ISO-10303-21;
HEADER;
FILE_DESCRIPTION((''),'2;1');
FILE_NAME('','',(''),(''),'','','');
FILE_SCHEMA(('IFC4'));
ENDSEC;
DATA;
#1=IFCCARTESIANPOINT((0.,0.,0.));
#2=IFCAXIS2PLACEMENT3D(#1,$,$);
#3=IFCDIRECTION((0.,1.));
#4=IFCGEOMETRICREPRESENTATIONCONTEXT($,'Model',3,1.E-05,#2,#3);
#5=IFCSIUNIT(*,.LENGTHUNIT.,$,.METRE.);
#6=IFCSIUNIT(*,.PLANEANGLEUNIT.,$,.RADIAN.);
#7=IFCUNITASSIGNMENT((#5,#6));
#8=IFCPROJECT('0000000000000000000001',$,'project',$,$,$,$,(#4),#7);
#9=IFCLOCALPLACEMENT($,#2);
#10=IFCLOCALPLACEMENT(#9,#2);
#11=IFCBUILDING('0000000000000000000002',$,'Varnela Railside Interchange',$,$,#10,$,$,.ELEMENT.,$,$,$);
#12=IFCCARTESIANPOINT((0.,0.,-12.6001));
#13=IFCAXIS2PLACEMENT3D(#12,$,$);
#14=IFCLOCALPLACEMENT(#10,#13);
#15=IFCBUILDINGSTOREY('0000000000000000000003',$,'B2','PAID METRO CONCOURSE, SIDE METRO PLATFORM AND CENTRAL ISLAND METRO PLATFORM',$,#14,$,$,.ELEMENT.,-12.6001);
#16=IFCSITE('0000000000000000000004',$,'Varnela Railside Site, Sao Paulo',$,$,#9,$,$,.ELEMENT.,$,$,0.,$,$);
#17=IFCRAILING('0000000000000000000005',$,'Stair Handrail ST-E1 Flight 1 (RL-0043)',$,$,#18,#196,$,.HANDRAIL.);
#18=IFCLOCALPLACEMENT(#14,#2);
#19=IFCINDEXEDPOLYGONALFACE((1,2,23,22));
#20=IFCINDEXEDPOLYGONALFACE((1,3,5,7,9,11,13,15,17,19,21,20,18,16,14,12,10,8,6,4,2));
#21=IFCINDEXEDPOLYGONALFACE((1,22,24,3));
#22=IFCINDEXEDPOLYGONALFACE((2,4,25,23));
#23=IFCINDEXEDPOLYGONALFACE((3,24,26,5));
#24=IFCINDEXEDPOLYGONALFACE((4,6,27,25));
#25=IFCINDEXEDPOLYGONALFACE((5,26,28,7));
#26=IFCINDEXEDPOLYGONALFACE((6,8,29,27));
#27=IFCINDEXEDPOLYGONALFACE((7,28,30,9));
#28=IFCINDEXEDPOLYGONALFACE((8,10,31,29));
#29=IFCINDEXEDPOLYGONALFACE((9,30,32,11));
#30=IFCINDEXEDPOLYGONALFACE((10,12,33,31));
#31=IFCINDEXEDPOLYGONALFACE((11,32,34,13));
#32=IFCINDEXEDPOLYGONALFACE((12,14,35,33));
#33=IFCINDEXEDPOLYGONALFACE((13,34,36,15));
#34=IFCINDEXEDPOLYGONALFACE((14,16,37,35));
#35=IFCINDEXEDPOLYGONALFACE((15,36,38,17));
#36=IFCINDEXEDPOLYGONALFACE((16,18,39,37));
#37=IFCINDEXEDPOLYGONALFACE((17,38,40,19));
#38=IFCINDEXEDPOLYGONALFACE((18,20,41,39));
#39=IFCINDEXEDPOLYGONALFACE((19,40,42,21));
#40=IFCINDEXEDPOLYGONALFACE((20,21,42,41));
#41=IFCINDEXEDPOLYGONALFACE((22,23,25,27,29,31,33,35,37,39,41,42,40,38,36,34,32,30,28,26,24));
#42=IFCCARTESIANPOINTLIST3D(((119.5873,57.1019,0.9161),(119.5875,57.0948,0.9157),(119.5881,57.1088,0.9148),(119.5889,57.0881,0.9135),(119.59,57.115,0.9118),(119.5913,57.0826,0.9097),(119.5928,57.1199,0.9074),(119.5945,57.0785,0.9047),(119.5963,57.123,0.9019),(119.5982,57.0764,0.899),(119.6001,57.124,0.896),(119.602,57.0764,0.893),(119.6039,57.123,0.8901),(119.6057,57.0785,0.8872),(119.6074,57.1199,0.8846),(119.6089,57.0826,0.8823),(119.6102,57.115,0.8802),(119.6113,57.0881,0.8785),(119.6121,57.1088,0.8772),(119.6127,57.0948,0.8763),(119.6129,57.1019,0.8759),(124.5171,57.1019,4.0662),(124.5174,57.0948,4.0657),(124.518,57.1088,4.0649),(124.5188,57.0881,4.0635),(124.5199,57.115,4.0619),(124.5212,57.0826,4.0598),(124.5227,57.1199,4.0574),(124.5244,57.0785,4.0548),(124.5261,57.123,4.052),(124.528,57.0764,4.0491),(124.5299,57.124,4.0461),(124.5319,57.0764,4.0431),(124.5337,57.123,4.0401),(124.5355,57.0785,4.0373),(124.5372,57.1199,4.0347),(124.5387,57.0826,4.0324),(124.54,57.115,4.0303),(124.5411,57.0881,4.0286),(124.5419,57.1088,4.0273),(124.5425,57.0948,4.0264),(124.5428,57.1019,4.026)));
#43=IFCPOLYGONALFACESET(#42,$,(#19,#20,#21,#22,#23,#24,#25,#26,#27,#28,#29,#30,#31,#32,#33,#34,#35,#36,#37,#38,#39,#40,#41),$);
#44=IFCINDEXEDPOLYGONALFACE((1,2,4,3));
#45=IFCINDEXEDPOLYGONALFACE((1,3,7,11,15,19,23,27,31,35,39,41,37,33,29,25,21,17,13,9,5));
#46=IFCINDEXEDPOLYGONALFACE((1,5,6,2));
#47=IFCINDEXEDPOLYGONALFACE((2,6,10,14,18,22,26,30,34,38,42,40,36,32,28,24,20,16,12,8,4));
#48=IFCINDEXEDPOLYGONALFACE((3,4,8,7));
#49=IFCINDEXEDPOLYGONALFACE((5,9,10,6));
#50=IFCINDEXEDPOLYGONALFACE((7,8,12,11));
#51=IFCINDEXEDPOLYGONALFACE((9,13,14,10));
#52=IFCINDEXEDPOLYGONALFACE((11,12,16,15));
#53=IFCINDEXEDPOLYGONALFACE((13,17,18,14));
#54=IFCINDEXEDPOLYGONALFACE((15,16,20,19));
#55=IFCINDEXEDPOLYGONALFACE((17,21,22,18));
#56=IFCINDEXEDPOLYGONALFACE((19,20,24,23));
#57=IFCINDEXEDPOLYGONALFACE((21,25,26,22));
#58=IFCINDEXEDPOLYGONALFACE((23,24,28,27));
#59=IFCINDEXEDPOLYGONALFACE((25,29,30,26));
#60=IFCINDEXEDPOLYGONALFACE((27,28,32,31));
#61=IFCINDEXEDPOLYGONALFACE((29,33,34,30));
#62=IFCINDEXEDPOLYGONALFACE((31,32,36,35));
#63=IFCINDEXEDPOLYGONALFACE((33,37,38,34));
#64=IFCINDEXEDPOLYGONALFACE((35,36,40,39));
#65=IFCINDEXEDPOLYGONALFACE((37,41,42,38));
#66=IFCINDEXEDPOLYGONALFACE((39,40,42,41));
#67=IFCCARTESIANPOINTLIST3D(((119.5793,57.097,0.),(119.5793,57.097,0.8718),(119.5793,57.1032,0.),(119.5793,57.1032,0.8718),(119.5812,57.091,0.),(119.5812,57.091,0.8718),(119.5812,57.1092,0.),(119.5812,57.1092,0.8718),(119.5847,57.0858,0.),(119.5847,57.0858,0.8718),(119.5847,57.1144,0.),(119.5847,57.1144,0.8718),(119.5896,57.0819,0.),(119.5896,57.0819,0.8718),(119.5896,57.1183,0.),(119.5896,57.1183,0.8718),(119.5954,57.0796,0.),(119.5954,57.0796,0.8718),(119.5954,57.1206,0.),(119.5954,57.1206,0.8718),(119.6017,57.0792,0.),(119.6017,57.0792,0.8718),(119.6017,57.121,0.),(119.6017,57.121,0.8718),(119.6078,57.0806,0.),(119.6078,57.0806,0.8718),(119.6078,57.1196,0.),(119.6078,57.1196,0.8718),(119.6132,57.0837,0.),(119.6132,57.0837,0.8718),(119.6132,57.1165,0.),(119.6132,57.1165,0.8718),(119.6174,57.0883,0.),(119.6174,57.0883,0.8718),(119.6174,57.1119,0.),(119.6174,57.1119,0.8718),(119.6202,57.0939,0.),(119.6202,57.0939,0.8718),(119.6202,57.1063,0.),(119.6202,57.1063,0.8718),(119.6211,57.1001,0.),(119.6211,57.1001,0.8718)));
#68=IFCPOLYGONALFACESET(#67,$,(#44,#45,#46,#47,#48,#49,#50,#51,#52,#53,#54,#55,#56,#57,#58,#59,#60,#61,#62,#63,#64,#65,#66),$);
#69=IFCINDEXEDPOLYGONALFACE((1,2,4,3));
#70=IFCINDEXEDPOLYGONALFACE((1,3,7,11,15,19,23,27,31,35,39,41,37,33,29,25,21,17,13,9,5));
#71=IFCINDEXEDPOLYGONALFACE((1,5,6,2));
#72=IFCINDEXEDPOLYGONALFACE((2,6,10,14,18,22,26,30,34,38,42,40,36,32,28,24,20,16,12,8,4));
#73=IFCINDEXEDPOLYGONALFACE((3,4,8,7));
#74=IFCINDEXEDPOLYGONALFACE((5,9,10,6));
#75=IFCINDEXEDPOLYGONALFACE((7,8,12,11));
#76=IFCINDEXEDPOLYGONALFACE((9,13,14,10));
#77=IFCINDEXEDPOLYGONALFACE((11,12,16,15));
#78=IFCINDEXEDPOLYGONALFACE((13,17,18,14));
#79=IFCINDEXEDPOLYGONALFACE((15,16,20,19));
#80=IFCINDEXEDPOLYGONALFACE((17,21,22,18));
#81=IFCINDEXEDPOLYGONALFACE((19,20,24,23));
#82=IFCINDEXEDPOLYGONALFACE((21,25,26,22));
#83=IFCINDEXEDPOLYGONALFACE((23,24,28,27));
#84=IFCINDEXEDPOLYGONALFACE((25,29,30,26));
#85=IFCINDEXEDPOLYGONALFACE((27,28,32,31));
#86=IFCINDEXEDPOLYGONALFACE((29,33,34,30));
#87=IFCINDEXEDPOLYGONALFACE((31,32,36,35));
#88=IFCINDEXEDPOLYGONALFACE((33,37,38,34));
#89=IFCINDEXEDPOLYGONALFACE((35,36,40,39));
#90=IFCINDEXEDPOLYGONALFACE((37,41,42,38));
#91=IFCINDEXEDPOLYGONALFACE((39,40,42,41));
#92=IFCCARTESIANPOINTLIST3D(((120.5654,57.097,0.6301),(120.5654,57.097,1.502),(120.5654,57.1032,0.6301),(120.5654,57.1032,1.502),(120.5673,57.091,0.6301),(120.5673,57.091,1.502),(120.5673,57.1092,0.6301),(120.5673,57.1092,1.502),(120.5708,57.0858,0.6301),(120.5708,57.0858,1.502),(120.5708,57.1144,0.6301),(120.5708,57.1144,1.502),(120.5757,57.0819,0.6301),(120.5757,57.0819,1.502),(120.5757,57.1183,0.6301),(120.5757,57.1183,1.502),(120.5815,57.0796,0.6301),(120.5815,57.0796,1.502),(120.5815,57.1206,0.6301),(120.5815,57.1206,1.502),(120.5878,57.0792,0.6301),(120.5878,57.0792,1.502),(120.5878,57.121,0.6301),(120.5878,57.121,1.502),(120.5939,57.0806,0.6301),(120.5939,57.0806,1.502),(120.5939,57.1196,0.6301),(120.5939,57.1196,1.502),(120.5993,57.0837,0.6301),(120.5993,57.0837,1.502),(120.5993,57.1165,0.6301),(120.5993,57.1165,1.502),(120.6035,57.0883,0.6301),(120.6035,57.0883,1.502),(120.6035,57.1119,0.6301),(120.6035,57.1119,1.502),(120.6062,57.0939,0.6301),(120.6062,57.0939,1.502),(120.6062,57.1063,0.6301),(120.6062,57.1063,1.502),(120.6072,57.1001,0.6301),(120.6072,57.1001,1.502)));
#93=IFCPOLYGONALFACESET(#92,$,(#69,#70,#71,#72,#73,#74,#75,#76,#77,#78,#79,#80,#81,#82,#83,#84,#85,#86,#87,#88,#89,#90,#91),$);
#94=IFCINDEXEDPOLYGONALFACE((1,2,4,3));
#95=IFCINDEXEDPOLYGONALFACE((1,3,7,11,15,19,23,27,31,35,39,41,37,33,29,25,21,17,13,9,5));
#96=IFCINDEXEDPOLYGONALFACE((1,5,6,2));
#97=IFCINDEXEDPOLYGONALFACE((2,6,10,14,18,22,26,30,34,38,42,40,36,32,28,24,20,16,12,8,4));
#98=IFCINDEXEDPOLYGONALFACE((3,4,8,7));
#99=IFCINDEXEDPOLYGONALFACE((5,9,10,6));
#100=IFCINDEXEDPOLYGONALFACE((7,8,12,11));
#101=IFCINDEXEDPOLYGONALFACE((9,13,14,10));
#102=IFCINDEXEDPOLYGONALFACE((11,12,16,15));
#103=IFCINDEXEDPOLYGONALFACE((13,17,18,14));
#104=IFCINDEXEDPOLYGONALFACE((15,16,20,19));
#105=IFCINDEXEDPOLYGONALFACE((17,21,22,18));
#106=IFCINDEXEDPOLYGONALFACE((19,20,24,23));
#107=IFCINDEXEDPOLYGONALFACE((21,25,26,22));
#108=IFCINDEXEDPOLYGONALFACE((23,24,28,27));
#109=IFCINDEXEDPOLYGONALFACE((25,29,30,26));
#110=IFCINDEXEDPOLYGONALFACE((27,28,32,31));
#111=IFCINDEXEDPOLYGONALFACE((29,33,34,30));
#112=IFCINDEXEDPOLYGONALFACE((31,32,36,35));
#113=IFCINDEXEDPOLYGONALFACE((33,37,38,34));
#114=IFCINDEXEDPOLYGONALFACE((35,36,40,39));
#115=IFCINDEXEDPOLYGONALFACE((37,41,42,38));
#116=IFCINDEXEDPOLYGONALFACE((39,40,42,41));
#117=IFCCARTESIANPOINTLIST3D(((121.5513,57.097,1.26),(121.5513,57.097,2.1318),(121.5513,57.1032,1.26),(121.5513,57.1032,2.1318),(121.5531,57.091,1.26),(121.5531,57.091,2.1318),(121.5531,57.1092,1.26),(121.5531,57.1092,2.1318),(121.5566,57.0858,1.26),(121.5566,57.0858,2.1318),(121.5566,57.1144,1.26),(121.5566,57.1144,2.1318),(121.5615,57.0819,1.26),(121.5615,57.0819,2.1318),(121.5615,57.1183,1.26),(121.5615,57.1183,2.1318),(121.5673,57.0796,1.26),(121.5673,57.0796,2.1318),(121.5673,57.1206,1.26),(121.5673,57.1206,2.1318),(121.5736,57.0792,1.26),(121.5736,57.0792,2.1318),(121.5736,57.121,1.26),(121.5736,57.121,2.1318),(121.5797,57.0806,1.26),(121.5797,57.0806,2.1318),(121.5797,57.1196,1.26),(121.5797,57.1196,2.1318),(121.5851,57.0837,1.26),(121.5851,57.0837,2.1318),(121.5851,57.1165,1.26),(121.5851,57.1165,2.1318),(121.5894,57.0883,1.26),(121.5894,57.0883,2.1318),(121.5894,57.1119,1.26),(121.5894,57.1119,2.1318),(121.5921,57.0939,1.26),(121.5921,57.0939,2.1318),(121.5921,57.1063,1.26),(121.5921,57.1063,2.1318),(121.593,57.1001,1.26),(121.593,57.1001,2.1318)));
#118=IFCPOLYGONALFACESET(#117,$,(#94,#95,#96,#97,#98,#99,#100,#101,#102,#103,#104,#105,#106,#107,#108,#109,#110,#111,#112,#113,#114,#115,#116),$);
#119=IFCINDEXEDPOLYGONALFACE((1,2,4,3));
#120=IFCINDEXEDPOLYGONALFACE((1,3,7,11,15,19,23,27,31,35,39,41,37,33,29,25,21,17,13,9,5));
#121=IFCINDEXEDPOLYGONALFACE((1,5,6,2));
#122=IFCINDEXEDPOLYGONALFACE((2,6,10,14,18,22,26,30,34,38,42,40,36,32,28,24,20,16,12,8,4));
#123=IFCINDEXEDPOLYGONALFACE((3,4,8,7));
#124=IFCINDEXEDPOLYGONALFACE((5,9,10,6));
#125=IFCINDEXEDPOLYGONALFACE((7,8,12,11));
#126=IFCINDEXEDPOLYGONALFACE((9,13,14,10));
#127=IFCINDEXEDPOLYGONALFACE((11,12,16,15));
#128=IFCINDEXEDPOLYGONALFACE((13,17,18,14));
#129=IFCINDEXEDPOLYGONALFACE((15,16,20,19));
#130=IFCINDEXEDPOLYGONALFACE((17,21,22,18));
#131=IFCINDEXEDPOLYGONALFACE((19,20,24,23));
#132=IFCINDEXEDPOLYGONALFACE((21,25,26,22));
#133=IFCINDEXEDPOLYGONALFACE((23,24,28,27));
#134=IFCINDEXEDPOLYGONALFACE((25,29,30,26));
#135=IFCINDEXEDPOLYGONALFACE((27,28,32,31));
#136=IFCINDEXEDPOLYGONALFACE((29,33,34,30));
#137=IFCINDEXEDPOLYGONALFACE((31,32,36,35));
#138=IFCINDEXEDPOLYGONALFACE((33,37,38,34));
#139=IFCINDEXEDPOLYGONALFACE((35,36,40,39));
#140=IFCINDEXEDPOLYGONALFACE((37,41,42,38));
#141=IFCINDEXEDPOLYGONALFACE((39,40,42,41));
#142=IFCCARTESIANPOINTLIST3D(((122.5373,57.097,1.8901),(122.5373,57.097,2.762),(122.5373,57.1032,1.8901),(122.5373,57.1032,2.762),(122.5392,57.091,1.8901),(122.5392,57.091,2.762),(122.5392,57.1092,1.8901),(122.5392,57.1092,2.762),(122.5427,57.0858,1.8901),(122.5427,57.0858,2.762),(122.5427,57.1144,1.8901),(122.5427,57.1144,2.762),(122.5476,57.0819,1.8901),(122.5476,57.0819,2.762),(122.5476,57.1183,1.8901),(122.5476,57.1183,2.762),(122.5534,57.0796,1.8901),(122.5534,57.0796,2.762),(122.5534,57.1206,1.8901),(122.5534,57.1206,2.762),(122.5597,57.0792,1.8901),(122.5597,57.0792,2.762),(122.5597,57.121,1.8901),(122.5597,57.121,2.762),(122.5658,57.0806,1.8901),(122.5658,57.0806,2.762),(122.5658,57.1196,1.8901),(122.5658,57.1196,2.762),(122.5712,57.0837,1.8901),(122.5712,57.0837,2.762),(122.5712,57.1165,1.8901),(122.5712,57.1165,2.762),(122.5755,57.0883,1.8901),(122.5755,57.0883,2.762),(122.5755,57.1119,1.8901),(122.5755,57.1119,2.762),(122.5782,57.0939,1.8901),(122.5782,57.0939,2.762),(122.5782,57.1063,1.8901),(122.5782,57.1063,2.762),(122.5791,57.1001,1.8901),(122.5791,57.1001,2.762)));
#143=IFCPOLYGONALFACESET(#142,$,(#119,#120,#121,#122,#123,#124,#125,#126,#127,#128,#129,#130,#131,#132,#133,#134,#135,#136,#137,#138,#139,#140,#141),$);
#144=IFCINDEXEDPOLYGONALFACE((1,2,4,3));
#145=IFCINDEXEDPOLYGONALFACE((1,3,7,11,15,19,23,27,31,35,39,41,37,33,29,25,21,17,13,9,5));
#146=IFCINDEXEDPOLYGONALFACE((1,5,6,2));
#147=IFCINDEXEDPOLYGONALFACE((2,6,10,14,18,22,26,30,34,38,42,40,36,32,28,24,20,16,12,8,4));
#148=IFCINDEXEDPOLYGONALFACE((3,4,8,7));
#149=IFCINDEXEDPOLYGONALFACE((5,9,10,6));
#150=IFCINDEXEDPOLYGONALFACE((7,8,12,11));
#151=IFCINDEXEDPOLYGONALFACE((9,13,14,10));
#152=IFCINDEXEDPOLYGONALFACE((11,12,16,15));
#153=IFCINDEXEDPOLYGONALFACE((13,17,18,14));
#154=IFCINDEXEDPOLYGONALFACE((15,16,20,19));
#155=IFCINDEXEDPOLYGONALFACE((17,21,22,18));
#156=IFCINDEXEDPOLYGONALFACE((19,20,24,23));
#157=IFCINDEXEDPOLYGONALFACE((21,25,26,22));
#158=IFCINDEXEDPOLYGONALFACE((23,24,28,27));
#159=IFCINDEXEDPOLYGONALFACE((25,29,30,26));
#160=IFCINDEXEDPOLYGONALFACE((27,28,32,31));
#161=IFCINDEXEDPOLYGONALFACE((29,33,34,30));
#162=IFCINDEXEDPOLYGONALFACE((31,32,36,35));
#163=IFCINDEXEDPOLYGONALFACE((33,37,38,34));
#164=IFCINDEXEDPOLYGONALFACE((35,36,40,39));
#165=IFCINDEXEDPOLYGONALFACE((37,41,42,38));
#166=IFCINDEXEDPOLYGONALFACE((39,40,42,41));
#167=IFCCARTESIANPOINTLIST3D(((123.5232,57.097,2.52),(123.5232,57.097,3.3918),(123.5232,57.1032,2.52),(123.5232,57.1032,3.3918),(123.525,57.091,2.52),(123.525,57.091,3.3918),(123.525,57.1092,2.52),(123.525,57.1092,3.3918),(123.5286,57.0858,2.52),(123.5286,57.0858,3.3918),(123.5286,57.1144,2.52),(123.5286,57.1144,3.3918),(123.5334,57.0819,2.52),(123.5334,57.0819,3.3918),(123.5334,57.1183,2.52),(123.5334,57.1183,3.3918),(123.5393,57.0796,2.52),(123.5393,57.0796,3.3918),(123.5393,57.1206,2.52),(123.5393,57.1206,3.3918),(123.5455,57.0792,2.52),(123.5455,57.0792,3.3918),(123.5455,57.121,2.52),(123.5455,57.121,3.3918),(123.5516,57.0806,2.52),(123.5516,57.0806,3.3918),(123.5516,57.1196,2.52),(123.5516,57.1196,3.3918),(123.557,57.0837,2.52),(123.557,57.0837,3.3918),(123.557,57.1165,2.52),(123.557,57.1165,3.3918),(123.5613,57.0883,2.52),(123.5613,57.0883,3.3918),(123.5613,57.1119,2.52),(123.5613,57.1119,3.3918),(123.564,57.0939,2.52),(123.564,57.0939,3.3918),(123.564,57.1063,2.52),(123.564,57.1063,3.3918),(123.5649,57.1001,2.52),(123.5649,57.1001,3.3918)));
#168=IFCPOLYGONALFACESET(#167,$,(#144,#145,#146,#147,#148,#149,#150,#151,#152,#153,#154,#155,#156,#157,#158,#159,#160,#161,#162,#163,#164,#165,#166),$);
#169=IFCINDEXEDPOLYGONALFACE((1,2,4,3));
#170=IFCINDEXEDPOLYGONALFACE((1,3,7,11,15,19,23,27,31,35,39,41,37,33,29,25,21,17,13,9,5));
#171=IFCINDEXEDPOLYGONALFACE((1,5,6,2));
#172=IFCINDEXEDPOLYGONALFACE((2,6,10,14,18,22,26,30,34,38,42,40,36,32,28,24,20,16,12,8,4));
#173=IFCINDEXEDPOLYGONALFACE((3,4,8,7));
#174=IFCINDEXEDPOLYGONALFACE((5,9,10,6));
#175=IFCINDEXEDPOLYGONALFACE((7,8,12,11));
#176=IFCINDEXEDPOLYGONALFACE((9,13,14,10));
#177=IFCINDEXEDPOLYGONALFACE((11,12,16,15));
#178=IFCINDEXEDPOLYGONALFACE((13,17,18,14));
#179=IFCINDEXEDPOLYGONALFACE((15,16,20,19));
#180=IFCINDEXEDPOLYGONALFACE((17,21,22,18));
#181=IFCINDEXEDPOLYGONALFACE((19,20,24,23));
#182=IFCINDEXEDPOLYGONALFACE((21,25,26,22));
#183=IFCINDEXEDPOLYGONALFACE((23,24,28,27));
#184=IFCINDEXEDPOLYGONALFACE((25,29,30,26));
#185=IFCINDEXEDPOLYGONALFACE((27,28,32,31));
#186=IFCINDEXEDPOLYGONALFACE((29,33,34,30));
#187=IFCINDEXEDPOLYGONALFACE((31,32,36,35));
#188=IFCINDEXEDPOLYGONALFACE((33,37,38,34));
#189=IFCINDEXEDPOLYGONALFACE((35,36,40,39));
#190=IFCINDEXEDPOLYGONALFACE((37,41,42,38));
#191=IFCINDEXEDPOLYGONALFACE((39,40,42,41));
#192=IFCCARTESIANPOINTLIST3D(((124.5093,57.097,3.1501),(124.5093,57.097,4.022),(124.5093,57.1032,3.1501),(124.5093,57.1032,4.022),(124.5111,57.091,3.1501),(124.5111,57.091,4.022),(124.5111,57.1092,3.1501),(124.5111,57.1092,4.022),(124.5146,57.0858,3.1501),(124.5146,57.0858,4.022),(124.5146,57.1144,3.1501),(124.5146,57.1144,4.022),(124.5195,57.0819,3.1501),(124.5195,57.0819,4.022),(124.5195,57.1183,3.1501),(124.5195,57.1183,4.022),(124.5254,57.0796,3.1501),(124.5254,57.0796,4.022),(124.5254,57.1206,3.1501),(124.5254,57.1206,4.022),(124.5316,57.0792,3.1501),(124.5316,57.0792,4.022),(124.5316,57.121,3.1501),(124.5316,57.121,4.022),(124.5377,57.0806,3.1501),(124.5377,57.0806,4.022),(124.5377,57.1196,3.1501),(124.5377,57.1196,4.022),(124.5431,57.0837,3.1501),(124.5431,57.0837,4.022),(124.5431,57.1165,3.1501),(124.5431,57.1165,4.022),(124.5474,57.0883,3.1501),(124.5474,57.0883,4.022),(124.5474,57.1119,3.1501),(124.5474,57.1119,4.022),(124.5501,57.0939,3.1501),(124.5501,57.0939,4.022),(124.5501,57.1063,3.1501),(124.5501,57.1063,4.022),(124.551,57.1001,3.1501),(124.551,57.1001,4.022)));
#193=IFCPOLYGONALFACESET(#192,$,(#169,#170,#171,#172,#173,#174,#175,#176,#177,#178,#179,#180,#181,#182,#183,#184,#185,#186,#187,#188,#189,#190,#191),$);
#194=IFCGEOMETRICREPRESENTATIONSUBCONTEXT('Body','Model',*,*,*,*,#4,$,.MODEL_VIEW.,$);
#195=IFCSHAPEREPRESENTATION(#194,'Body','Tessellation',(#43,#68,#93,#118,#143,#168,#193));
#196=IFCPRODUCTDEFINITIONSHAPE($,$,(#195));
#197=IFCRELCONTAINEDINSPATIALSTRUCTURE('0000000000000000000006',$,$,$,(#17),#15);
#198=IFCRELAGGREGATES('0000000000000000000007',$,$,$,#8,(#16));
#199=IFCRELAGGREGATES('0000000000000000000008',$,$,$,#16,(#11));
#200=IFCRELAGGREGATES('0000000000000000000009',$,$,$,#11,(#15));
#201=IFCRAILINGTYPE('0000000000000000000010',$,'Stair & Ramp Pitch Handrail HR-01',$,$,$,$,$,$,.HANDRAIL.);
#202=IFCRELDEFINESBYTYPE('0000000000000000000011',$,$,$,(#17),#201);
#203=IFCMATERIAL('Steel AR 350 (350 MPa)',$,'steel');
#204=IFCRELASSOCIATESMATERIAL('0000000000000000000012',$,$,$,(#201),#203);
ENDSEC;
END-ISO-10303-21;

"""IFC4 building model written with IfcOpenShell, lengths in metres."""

from ifc_helpers import new_model, si_unit, direction, frame, origin, origin_2d, place, context, subcontext, project, spatial, circle, extrude, material, type_object, element, save


model = new_model("IFC4")

# Units and contexts
model_context = context("Model", 3, precision=1e-05, world=origin(), true_north=direction((0.0, 1.0)))
body_context = subcontext(model_context, "Body", "Model", "MODEL_VIEW")
ifc_project = project(units=[si_unit("LENGTHUNIT", "METRE"), si_unit("PLANEANGLEUNIT", "RADIAN")], contexts=[model_context])

# Site, building, storey
site_placement = place(None, origin())
site = spatial("IfcSite", under=ifc_project, at=site_placement, Name="Varnela Railside Site, Sao Paulo", CompositionType="ELEMENT", RefElevation=0.0)
building_placement = place(site_placement, origin())
building = spatial("IfcBuilding", under=site, at=building_placement, Name="Varnela Railside Interchange", CompositionType="ELEMENT")
storey_placement = place(building_placement, frame((0.0, 0.0, -12.6001)))
storey = spatial("IfcBuildingStorey", under=building, at=storey_placement, Name="B2", Description="PAID METRO CONCOURSE, SIDE METRO PLATFORM AND CENTRAL ISLAND METRO PLATFORM", CompositionType="ELEMENT", Elevation=-12.6001)

# Shared definitions
ifc_material_1 = material(Name="Steel AR 350 (350 MPa)", Category="steel")

# Railing
railing_type_1 = type_object("IfcRailingType", Name="Stair & Ramp Pitch Handrail HR-01", PredefinedType="HANDRAIL", material=ifc_material_1)
railing_1_placement = place(storey_placement, frame((119.6001, 57.1001, 0.0)))
element("IfcRailing", 1, at=railing_1_placement, inside=storey, type_object=railing_type_1, Name="Stair Handrail ST-E1 Flight 1 (RL-0043)", PredefinedType="HANDRAIL", context=body_context, shape_type="SweptSolid", body=[
    extrude(circle(Radius=0.0239, at=origin_2d()), frame((0.0, 0.0, 0.896), z_axis=(0.84266, 0.0, 0.538446), x_axis=(0.0, 1.0, 0.0)), (0.0, 0.0, 1.0), 5.8503),
    extrude(circle(Radius=0.021, at=origin_2d()), origin(), (0.0, 0.0, 1.0), 0.8718),
    extrude(circle(Radius=0.021, at=origin_2d()), frame((0.9861, 0.0, 0.6301)), (0.0, 0.0, 1.0), 0.8718),
    extrude(circle(Radius=0.021, at=origin_2d()), frame((1.9719, 0.0, 1.26)), (0.0, 0.0, 1.0), 0.8718),
    extrude(circle(Radius=0.021, at=origin_2d()), frame((2.958, 0.0, 1.8901)), (0.0, 0.0, 1.0), 0.8718),
    extrude(circle(Radius=0.021, at=origin_2d()), frame((3.9438, 0.0, 2.52)), (0.0, 0.0, 1.0), 0.8718),
    extrude(circle(Radius=0.021, at=origin_2d()), frame((4.9299, 0.0, 3.1501)), (0.0, 0.0, 1.0), 0.8718),
])

save(model, "model.ifc")
